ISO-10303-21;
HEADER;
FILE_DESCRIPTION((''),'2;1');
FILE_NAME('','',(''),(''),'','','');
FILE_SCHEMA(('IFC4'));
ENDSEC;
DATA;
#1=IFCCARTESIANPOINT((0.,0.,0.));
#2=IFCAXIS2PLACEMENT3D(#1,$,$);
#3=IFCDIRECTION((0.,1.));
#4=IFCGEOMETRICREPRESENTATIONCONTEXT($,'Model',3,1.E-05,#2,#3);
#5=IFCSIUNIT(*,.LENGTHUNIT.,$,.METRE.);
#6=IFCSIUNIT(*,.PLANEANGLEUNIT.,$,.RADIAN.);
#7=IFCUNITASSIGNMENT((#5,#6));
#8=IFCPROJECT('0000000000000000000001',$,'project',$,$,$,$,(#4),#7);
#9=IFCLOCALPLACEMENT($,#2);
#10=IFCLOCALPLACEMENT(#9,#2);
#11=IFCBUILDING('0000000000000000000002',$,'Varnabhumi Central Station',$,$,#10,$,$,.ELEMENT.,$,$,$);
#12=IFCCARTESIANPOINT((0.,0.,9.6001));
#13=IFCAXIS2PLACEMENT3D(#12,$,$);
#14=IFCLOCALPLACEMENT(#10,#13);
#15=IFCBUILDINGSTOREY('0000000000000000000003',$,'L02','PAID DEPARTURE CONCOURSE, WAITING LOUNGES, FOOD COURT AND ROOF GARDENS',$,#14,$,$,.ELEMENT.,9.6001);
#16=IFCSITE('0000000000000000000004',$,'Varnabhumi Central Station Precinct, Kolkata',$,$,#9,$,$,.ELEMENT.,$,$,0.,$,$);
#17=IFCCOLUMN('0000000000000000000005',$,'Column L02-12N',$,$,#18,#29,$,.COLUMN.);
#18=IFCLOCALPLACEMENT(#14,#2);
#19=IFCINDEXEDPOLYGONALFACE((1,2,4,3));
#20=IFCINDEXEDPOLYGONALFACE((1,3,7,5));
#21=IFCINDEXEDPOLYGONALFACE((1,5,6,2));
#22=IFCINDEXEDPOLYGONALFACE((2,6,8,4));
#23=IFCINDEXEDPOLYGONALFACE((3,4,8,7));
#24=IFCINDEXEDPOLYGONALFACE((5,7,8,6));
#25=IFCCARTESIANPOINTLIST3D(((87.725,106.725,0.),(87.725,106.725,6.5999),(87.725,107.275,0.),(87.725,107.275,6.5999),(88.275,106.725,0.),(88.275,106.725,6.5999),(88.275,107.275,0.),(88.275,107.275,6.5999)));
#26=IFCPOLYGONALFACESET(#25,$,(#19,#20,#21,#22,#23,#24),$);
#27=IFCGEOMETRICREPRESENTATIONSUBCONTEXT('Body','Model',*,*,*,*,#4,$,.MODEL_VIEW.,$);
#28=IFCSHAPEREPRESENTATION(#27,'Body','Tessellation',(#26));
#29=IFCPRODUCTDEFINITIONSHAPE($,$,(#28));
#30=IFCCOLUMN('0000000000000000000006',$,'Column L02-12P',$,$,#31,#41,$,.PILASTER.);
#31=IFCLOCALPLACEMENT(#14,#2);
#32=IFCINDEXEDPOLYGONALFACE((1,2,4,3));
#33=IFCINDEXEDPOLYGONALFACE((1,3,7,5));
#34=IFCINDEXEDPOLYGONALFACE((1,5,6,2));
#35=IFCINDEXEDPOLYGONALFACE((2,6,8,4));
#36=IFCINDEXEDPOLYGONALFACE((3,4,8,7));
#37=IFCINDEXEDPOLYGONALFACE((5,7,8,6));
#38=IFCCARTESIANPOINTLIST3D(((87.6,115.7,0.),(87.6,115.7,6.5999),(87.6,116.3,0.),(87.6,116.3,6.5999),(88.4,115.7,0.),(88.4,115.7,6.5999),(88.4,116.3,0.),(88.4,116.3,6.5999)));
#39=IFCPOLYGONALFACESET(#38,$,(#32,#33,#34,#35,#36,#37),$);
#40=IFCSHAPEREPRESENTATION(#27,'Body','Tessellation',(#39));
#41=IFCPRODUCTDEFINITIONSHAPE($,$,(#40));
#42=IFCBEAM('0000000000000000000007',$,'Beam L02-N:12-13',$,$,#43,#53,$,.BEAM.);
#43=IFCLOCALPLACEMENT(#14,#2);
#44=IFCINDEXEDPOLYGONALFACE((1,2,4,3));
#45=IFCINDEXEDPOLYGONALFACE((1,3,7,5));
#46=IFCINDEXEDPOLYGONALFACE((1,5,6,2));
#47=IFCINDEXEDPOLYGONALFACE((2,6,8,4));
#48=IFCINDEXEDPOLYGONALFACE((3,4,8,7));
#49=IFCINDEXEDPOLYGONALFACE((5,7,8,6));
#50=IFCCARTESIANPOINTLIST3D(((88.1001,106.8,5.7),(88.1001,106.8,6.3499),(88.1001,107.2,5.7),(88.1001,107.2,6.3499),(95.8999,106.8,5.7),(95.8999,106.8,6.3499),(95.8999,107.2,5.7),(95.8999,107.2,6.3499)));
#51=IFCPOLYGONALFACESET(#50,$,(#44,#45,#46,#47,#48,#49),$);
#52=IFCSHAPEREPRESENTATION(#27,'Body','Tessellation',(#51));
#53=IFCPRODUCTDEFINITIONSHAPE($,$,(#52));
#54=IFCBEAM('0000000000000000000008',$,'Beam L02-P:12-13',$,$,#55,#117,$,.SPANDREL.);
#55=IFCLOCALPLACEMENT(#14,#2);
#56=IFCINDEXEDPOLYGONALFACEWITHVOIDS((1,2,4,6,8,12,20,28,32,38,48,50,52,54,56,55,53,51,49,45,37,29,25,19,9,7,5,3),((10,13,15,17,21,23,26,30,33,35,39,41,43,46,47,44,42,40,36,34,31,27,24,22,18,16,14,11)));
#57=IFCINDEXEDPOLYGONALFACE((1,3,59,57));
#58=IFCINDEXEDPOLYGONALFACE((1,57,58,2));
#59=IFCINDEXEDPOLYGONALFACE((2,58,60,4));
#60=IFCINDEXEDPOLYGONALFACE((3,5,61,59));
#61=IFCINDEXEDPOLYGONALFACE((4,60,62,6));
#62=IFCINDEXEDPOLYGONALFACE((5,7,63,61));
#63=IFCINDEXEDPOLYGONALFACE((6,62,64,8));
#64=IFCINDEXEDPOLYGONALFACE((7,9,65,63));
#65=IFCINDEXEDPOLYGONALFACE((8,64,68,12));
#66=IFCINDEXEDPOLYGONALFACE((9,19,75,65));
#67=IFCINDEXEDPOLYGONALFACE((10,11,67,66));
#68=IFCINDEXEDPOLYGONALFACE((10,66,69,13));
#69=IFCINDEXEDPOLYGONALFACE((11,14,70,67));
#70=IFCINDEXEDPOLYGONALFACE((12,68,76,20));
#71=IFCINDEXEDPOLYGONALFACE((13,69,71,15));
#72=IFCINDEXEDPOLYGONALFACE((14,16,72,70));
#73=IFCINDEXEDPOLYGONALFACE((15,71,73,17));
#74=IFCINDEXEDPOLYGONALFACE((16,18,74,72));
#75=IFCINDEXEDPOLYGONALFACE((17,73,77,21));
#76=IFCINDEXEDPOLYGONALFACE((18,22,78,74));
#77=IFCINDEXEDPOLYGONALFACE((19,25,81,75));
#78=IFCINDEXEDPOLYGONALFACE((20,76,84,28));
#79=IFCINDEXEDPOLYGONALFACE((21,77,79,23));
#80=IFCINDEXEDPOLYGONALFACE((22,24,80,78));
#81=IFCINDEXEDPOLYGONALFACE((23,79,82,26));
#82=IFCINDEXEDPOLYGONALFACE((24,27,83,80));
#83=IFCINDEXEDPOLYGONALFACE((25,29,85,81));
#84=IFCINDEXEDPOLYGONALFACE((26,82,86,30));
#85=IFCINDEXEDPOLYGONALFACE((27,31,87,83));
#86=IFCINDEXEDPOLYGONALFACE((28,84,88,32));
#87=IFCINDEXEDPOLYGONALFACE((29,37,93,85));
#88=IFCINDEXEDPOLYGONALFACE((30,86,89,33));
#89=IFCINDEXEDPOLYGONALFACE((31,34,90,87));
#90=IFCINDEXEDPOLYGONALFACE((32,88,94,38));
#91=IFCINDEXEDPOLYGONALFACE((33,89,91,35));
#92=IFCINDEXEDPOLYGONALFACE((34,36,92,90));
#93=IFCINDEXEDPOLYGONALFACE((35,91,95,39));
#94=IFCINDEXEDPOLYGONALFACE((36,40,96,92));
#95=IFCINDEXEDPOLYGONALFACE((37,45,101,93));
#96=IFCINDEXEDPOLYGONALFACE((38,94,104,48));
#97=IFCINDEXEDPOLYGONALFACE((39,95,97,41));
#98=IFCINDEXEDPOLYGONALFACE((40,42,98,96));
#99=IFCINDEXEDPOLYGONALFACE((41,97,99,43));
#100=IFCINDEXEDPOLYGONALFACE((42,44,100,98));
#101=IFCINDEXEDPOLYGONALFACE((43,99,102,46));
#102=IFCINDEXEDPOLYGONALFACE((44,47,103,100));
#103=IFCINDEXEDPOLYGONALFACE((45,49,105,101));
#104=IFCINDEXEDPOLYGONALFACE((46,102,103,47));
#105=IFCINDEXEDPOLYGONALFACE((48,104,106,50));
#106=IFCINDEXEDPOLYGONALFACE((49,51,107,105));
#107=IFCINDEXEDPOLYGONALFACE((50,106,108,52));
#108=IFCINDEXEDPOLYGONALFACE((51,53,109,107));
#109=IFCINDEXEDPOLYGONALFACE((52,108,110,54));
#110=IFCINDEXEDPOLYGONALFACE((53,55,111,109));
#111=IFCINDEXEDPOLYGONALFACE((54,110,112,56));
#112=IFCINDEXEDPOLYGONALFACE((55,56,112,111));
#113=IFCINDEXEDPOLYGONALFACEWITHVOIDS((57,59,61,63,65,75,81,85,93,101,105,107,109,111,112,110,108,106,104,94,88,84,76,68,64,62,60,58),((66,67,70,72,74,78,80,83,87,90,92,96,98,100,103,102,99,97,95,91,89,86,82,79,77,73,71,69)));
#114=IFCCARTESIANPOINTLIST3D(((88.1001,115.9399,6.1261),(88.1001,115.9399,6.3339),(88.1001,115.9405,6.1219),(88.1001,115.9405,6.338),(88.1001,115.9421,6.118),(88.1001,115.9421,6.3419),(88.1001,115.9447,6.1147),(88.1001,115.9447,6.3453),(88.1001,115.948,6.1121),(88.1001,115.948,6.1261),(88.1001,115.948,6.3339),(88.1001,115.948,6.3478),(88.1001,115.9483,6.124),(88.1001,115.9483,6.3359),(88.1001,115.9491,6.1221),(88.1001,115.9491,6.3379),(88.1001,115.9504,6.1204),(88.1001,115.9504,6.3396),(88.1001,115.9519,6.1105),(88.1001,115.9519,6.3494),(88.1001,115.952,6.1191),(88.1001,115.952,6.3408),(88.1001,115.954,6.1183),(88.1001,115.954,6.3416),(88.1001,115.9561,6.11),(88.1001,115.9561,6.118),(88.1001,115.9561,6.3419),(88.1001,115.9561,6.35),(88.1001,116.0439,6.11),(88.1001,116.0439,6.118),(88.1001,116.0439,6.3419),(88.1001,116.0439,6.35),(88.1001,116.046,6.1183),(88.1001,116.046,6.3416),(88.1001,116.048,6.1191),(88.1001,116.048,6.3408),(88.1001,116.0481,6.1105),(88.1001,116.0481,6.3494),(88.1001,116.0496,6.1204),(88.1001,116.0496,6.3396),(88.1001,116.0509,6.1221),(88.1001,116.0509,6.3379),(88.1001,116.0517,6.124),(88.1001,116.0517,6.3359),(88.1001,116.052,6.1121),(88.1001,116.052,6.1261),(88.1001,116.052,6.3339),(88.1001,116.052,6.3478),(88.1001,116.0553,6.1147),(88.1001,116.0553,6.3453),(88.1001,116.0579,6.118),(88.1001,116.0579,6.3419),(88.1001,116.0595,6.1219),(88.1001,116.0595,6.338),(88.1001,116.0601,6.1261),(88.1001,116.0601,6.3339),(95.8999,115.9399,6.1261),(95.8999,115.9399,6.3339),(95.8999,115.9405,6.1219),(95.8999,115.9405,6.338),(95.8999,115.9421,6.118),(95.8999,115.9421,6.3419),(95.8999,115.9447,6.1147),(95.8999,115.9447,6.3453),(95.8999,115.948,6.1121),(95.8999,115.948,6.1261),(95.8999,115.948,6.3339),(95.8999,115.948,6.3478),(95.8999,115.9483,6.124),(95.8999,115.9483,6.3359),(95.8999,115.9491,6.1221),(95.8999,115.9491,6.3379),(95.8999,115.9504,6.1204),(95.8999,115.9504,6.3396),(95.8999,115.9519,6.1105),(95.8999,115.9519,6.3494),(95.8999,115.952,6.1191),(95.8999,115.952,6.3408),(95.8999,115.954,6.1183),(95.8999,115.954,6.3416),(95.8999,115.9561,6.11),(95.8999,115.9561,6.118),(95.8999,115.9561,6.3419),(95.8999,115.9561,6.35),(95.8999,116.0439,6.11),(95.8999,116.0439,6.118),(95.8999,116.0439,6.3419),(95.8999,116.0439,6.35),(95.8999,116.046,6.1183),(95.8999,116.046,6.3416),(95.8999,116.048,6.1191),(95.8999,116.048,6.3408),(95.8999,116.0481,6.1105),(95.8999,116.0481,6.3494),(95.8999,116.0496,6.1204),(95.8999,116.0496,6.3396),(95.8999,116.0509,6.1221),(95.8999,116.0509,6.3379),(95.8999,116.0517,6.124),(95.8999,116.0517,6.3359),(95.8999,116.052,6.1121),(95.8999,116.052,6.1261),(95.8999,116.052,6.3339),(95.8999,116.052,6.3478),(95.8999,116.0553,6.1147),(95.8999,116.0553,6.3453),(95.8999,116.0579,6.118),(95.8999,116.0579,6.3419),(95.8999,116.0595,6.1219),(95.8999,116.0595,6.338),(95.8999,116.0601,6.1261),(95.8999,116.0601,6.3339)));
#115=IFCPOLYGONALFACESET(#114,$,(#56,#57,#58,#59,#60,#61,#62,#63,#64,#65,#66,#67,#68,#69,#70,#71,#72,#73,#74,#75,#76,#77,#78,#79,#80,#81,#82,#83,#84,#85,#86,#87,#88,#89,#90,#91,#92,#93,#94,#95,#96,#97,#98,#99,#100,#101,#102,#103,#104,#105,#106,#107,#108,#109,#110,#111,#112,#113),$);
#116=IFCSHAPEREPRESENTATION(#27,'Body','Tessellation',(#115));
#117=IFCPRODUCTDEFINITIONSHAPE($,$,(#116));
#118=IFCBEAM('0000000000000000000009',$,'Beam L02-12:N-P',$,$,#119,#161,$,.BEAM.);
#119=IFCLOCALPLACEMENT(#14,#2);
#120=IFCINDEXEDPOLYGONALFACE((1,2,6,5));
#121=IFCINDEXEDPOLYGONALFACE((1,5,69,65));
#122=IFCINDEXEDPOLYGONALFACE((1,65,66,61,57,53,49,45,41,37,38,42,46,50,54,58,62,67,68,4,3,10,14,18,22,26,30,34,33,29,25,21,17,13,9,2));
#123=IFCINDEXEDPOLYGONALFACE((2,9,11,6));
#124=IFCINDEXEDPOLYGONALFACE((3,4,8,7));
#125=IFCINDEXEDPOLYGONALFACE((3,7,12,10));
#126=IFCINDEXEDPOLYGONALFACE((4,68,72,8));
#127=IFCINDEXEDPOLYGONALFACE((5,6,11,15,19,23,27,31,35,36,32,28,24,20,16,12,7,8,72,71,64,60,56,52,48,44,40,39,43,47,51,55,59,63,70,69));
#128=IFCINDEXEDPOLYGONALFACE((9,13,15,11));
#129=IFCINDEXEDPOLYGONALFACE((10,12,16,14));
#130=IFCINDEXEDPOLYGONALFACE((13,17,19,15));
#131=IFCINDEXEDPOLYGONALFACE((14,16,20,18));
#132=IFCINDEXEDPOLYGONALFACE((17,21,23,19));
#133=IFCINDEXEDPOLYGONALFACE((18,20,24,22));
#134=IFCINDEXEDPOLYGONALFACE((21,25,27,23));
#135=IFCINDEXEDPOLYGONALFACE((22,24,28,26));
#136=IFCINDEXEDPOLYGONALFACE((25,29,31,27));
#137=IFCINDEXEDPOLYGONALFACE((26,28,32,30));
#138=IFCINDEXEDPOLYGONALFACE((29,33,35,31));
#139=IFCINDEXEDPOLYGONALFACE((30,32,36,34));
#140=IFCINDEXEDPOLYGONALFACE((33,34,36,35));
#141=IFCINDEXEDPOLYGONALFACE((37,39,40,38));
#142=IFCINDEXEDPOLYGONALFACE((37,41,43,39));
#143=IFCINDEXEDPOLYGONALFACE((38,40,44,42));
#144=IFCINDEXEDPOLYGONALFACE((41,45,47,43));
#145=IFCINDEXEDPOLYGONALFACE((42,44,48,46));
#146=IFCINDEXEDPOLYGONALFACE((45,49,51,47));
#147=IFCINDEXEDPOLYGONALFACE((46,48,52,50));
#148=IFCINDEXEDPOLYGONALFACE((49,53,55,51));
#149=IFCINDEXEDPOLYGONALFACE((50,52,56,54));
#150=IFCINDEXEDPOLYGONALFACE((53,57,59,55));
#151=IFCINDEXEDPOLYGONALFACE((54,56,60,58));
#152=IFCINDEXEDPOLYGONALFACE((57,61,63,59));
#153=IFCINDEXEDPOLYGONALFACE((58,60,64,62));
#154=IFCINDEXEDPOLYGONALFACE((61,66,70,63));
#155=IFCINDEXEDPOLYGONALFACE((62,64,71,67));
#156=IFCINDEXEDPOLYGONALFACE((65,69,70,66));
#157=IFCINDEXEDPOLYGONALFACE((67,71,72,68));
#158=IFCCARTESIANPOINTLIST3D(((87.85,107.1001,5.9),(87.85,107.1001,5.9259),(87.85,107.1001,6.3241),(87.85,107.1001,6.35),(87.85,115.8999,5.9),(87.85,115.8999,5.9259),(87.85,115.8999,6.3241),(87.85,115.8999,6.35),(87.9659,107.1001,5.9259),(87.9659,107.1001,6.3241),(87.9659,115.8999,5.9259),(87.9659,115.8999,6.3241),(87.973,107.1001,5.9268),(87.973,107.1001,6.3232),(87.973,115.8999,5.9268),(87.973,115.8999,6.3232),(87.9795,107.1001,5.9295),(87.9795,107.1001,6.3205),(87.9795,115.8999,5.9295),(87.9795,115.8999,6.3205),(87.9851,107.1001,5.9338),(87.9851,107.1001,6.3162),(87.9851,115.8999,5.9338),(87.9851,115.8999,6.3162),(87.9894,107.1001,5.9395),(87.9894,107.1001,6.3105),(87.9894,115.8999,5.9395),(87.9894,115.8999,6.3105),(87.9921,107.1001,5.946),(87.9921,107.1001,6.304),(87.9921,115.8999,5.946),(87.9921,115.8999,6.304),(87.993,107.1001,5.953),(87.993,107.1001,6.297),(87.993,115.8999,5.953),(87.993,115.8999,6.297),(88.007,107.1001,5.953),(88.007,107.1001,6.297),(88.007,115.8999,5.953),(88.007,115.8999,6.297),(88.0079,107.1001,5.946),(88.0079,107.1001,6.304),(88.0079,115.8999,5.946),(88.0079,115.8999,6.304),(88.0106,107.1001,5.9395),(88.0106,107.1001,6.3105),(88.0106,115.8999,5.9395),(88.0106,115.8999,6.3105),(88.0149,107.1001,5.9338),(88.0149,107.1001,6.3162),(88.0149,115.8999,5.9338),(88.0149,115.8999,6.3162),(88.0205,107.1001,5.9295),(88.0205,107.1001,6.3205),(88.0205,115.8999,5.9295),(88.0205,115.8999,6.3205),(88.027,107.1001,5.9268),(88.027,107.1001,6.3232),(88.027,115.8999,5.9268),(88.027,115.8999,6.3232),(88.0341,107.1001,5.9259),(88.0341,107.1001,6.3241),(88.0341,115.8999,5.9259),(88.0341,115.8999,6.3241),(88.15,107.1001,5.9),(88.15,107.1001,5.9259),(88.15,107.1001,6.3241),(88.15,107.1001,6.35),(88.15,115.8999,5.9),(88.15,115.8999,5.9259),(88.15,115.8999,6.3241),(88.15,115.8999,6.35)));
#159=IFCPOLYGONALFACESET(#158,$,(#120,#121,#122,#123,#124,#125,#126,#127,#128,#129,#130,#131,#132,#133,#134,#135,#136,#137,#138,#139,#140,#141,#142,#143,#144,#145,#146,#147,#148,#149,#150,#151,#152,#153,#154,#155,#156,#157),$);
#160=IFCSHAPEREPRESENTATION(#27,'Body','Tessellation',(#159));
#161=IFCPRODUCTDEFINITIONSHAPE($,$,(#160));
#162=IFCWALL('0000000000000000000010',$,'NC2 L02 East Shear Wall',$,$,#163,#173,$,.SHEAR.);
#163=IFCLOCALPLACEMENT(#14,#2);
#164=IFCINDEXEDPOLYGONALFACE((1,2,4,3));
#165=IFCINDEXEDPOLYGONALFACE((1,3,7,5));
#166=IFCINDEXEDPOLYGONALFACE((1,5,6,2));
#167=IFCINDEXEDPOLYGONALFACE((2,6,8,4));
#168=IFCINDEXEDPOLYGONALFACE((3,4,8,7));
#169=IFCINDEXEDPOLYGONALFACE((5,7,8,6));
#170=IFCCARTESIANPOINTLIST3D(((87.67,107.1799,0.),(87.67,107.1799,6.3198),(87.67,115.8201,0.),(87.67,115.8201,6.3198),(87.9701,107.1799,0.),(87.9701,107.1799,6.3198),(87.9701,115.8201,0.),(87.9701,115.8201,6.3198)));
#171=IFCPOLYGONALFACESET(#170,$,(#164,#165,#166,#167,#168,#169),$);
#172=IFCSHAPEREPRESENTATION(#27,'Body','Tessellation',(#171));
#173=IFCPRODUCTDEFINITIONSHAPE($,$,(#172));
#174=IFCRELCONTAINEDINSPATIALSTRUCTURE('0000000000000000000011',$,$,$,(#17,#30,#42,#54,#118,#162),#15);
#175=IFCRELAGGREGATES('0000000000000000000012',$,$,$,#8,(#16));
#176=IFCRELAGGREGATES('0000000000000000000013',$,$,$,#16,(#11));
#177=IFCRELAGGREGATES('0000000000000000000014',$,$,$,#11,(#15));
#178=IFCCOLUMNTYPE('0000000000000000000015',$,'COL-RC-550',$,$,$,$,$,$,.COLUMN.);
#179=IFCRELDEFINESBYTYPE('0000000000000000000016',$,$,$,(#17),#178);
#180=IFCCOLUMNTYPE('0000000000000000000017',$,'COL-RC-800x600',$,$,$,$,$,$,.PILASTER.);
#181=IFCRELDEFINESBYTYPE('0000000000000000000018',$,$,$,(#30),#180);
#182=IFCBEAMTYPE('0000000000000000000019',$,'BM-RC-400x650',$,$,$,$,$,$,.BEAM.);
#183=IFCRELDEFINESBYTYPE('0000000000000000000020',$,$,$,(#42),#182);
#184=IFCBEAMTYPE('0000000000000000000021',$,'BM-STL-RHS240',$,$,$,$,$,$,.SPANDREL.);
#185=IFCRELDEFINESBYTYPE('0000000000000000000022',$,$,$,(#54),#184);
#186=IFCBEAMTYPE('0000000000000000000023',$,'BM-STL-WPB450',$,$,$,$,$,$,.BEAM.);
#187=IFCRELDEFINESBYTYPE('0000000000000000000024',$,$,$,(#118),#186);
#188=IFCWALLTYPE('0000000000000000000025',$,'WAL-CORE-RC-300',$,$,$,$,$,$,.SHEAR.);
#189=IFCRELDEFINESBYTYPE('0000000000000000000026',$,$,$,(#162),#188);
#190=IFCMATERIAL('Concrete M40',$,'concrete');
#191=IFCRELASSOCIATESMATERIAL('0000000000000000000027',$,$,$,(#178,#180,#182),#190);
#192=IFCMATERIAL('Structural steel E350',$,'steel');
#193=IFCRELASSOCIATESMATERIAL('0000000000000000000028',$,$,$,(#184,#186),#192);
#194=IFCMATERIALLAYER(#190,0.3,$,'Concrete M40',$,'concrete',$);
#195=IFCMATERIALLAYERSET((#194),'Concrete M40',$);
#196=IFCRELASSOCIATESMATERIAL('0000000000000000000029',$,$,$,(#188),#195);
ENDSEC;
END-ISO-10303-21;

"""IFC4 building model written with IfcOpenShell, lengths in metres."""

from ifc_helpers import new_model, si_unit, direction, frame, frame_2d, origin, origin_2d, place, context, subcontext, project, spatial, rectangle, hollow_rectangle, i_section, extrude, material, layer, layer_set, material_profile, profile_set, type_object, element, save


model = new_model("IFC4")

# Units and contexts
model_context = context("Model", 3, precision=1e-05, world=origin(), true_north=direction((0.0, 1.0)))
body_context = subcontext(model_context, "Body", "Model", "MODEL_VIEW")
ifc_project = project(units=[si_unit("LENGTHUNIT", "METRE"), si_unit("PLANEANGLEUNIT", "RADIAN")], contexts=[model_context])

# Site, building, storey
site_placement = place(None, origin())
site = spatial("IfcSite", under=ifc_project, at=site_placement, Name="Varnabhumi Central Station Precinct, Kolkata", CompositionType="ELEMENT", RefElevation=0.0)
building_placement = place(site_placement, origin())
building = spatial("IfcBuilding", under=site, at=building_placement, Name="Varnabhumi Central Station", CompositionType="ELEMENT")
storey_placement = place(building_placement, frame((0.0, 0.0, 9.6001)))
storey = spatial("IfcBuildingStorey", under=building, at=storey_placement, Name="L02", Description="PAID DEPARTURE CONCOURSE, WAITING LOUNGES, FOOD COURT AND ROOF GARDENS", CompositionType="ELEMENT", Elevation=9.6001)

# Columns
ifc_material_1 = material(Name="Concrete M40", Category="concrete")
ifc_material_profile_1 = material_profile(ifc_material_1, rectangle(XDim=0.55, YDim=0.55, at=origin_2d()), Name="Concrete M40", Category="concrete")
ifc_profile_set_1 = profile_set([ifc_material_profile_1], Name="Concrete M40")
column_type_1 = type_object("IfcColumnType", Name="COL-RC-550", PredefinedType="COLUMN", material=ifc_profile_set_1)
column_1_placement = place(storey_placement, frame((88.0, 107.0, 0.0), z_axis=(0.0, 0.0, 1.0), x_axis=(1.0, 0.0, 0.0)))
element("IfcColumn", 1, at=column_1_placement, inside=storey, type_object=column_type_1, Name="Column L02-12N", PredefinedType="COLUMN", context=body_context, shape_type="SweptSolid", body=[
    extrude(rectangle(XDim=0.55, YDim=0.55, at=origin_2d()), origin(), (0.0, 0.0, 1.0), 6.5999),
])
ifc_material_profile_2 = material_profile(ifc_material_1, rectangle(XDim=0.8, YDim=0.6001, at=origin_2d()), Name="Concrete M40", Category="concrete")
ifc_profile_set_2 = profile_set([ifc_material_profile_2], Name="Concrete M40")
column_type_2 = type_object("IfcColumnType", Name="COL-RC-800x600", PredefinedType="PILASTER", material=ifc_profile_set_2)
column_2_placement = place(storey_placement, frame((88.0, 116.0, 0.0), z_axis=(0.0, 0.0, 1.0), x_axis=(1.0, 0.0, 0.0)))
element("IfcColumn", 2, at=column_2_placement, inside=storey, type_object=column_type_2, Name="Column L02-12P", PredefinedType="PILASTER", context=body_context, shape_type="SweptSolid", body=[
    extrude(rectangle(XDim=0.8, YDim=0.6001, at=origin_2d()), origin(), (0.0, 0.0, 1.0), 6.5999),
])

# Beams
ifc_material_profile_3 = material_profile(ifc_material_1, rectangle(XDim=0.3999, YDim=0.6499, at=origin_2d()), Name="Concrete M40", Category="concrete")
ifc_profile_set_3 = profile_set([ifc_material_profile_3], Name="Concrete M40")
beam_type_1 = type_object("IfcBeamType", Name="BM-RC-400x650", PredefinedType="BEAM", material=ifc_profile_set_3)
beam_1_placement = place(storey_placement, frame((88.1001, 107.0, 6.0249), z_axis=(1.0, 0.0, 0.0), x_axis=(0.0, 1.0, 0.0)))
element("IfcBeam", 3, at=beam_1_placement, inside=storey, type_object=beam_type_1, Name="Beam L02-N:12-13", PredefinedType="BEAM", context=body_context, shape_type="SweptSolid", body=[
    extrude(rectangle(XDim=0.3999, YDim=0.6499, at=origin_2d()), origin(), (0.0, 0.0, 1.0), 7.7998),
])
ifc_material_2 = material(Name="Structural steel E350", Category="steel")
ifc_material_profile_4 = material_profile(ifc_material_2, hollow_rectangle(XDim=0.1201, YDim=0.24, WallThickness=0.0081, InnerFilletRadius=0.0081, OuterFilletRadius=0.0161, at=origin_2d()), Name="Structural steel E350", Category="steel")
ifc_profile_set_4 = profile_set([ifc_material_profile_4], Name="Structural steel E350")
beam_type_2 = type_object("IfcBeamType", Name="BM-STL-RHS240", PredefinedType="SPANDREL", material=ifc_profile_set_4)
beam_2_placement = place(storey_placement, frame((88.1001, 116.0, 6.23), z_axis=(1.0, 0.0, 0.0), x_axis=(0.0, 1.0, 0.0)))
element("IfcBeam", 4, at=beam_2_placement, inside=storey, type_object=beam_type_2, Name="Beam L02-P:12-13", PredefinedType="SPANDREL", context=body_context, shape_type="SweptSolid", body=[
    extrude(hollow_rectangle(XDim=0.1201, YDim=0.24, WallThickness=0.0081, InnerFilletRadius=0.0081, OuterFilletRadius=0.0161, at=origin_2d()), origin(), (0.0, 0.0, 1.0), 7.7998),
])
ifc_material_profile_5 = material_profile(ifc_material_2, i_section(OverallWidth=0.3, OverallDepth=0.45, WebThickness=0.0139, FlangeThickness=0.0259, FilletRadius=0.0271, at=origin_2d()), Name="Structural steel E350", Category="steel")
ifc_profile_set_5 = profile_set([ifc_material_profile_5], Name="Structural steel E350")
beam_type_3 = type_object("IfcBeamType", Name="BM-STL-WPB450", PredefinedType="BEAM", material=ifc_profile_set_5)
beam_3_placement = place(storey_placement, frame((88.0, 107.1001, 6.125), z_axis=(0.0, 1.0, 0.0), x_axis=(-1.0, 0.0, 0.0)))
element("IfcBeam", 5, at=beam_3_placement, inside=storey, type_object=beam_type_3, Name="Beam L02-12:N-P", PredefinedType="BEAM", context=body_context, shape_type="SweptSolid", body=[
    extrude(i_section(OverallWidth=0.3, OverallDepth=0.45, WebThickness=0.0139, FlangeThickness=0.0259, FilletRadius=0.0271, at=origin_2d()), origin(), (0.0, 0.0, 1.0), 8.7998),
])

# Wall
ifc_layer_1 = layer(ifc_material_1, 0.3, Name="Concrete M40", Category="concrete")
ifc_layer_set_1 = layer_set([ifc_layer_1], Name="Concrete M40")
wall_type_1 = type_object("IfcWallType", Name="WAL-CORE-RC-300", PredefinedType="SHEAR", material=ifc_layer_set_1)
wall_1_placement = place(storey_placement, frame((87.8201, 107.1799, 0.0), z_axis=(0.0, 0.0, 1.0), x_axis=(0.0, 1.0, 0.0)))
element("IfcWall", 6, at=wall_1_placement, inside=storey, type_object=wall_type_1, Name="NC2 L02 East Shear Wall", PredefinedType="SHEAR", context=body_context, shape_type="SweptSolid", body=[
    extrude(rectangle(XDim=8.6401, YDim=0.3, at=frame_2d((4.3201, 0.0))), origin(), (0.0, 0.0, 1.0), 6.3198),
])

save(model, "model.ifc")
